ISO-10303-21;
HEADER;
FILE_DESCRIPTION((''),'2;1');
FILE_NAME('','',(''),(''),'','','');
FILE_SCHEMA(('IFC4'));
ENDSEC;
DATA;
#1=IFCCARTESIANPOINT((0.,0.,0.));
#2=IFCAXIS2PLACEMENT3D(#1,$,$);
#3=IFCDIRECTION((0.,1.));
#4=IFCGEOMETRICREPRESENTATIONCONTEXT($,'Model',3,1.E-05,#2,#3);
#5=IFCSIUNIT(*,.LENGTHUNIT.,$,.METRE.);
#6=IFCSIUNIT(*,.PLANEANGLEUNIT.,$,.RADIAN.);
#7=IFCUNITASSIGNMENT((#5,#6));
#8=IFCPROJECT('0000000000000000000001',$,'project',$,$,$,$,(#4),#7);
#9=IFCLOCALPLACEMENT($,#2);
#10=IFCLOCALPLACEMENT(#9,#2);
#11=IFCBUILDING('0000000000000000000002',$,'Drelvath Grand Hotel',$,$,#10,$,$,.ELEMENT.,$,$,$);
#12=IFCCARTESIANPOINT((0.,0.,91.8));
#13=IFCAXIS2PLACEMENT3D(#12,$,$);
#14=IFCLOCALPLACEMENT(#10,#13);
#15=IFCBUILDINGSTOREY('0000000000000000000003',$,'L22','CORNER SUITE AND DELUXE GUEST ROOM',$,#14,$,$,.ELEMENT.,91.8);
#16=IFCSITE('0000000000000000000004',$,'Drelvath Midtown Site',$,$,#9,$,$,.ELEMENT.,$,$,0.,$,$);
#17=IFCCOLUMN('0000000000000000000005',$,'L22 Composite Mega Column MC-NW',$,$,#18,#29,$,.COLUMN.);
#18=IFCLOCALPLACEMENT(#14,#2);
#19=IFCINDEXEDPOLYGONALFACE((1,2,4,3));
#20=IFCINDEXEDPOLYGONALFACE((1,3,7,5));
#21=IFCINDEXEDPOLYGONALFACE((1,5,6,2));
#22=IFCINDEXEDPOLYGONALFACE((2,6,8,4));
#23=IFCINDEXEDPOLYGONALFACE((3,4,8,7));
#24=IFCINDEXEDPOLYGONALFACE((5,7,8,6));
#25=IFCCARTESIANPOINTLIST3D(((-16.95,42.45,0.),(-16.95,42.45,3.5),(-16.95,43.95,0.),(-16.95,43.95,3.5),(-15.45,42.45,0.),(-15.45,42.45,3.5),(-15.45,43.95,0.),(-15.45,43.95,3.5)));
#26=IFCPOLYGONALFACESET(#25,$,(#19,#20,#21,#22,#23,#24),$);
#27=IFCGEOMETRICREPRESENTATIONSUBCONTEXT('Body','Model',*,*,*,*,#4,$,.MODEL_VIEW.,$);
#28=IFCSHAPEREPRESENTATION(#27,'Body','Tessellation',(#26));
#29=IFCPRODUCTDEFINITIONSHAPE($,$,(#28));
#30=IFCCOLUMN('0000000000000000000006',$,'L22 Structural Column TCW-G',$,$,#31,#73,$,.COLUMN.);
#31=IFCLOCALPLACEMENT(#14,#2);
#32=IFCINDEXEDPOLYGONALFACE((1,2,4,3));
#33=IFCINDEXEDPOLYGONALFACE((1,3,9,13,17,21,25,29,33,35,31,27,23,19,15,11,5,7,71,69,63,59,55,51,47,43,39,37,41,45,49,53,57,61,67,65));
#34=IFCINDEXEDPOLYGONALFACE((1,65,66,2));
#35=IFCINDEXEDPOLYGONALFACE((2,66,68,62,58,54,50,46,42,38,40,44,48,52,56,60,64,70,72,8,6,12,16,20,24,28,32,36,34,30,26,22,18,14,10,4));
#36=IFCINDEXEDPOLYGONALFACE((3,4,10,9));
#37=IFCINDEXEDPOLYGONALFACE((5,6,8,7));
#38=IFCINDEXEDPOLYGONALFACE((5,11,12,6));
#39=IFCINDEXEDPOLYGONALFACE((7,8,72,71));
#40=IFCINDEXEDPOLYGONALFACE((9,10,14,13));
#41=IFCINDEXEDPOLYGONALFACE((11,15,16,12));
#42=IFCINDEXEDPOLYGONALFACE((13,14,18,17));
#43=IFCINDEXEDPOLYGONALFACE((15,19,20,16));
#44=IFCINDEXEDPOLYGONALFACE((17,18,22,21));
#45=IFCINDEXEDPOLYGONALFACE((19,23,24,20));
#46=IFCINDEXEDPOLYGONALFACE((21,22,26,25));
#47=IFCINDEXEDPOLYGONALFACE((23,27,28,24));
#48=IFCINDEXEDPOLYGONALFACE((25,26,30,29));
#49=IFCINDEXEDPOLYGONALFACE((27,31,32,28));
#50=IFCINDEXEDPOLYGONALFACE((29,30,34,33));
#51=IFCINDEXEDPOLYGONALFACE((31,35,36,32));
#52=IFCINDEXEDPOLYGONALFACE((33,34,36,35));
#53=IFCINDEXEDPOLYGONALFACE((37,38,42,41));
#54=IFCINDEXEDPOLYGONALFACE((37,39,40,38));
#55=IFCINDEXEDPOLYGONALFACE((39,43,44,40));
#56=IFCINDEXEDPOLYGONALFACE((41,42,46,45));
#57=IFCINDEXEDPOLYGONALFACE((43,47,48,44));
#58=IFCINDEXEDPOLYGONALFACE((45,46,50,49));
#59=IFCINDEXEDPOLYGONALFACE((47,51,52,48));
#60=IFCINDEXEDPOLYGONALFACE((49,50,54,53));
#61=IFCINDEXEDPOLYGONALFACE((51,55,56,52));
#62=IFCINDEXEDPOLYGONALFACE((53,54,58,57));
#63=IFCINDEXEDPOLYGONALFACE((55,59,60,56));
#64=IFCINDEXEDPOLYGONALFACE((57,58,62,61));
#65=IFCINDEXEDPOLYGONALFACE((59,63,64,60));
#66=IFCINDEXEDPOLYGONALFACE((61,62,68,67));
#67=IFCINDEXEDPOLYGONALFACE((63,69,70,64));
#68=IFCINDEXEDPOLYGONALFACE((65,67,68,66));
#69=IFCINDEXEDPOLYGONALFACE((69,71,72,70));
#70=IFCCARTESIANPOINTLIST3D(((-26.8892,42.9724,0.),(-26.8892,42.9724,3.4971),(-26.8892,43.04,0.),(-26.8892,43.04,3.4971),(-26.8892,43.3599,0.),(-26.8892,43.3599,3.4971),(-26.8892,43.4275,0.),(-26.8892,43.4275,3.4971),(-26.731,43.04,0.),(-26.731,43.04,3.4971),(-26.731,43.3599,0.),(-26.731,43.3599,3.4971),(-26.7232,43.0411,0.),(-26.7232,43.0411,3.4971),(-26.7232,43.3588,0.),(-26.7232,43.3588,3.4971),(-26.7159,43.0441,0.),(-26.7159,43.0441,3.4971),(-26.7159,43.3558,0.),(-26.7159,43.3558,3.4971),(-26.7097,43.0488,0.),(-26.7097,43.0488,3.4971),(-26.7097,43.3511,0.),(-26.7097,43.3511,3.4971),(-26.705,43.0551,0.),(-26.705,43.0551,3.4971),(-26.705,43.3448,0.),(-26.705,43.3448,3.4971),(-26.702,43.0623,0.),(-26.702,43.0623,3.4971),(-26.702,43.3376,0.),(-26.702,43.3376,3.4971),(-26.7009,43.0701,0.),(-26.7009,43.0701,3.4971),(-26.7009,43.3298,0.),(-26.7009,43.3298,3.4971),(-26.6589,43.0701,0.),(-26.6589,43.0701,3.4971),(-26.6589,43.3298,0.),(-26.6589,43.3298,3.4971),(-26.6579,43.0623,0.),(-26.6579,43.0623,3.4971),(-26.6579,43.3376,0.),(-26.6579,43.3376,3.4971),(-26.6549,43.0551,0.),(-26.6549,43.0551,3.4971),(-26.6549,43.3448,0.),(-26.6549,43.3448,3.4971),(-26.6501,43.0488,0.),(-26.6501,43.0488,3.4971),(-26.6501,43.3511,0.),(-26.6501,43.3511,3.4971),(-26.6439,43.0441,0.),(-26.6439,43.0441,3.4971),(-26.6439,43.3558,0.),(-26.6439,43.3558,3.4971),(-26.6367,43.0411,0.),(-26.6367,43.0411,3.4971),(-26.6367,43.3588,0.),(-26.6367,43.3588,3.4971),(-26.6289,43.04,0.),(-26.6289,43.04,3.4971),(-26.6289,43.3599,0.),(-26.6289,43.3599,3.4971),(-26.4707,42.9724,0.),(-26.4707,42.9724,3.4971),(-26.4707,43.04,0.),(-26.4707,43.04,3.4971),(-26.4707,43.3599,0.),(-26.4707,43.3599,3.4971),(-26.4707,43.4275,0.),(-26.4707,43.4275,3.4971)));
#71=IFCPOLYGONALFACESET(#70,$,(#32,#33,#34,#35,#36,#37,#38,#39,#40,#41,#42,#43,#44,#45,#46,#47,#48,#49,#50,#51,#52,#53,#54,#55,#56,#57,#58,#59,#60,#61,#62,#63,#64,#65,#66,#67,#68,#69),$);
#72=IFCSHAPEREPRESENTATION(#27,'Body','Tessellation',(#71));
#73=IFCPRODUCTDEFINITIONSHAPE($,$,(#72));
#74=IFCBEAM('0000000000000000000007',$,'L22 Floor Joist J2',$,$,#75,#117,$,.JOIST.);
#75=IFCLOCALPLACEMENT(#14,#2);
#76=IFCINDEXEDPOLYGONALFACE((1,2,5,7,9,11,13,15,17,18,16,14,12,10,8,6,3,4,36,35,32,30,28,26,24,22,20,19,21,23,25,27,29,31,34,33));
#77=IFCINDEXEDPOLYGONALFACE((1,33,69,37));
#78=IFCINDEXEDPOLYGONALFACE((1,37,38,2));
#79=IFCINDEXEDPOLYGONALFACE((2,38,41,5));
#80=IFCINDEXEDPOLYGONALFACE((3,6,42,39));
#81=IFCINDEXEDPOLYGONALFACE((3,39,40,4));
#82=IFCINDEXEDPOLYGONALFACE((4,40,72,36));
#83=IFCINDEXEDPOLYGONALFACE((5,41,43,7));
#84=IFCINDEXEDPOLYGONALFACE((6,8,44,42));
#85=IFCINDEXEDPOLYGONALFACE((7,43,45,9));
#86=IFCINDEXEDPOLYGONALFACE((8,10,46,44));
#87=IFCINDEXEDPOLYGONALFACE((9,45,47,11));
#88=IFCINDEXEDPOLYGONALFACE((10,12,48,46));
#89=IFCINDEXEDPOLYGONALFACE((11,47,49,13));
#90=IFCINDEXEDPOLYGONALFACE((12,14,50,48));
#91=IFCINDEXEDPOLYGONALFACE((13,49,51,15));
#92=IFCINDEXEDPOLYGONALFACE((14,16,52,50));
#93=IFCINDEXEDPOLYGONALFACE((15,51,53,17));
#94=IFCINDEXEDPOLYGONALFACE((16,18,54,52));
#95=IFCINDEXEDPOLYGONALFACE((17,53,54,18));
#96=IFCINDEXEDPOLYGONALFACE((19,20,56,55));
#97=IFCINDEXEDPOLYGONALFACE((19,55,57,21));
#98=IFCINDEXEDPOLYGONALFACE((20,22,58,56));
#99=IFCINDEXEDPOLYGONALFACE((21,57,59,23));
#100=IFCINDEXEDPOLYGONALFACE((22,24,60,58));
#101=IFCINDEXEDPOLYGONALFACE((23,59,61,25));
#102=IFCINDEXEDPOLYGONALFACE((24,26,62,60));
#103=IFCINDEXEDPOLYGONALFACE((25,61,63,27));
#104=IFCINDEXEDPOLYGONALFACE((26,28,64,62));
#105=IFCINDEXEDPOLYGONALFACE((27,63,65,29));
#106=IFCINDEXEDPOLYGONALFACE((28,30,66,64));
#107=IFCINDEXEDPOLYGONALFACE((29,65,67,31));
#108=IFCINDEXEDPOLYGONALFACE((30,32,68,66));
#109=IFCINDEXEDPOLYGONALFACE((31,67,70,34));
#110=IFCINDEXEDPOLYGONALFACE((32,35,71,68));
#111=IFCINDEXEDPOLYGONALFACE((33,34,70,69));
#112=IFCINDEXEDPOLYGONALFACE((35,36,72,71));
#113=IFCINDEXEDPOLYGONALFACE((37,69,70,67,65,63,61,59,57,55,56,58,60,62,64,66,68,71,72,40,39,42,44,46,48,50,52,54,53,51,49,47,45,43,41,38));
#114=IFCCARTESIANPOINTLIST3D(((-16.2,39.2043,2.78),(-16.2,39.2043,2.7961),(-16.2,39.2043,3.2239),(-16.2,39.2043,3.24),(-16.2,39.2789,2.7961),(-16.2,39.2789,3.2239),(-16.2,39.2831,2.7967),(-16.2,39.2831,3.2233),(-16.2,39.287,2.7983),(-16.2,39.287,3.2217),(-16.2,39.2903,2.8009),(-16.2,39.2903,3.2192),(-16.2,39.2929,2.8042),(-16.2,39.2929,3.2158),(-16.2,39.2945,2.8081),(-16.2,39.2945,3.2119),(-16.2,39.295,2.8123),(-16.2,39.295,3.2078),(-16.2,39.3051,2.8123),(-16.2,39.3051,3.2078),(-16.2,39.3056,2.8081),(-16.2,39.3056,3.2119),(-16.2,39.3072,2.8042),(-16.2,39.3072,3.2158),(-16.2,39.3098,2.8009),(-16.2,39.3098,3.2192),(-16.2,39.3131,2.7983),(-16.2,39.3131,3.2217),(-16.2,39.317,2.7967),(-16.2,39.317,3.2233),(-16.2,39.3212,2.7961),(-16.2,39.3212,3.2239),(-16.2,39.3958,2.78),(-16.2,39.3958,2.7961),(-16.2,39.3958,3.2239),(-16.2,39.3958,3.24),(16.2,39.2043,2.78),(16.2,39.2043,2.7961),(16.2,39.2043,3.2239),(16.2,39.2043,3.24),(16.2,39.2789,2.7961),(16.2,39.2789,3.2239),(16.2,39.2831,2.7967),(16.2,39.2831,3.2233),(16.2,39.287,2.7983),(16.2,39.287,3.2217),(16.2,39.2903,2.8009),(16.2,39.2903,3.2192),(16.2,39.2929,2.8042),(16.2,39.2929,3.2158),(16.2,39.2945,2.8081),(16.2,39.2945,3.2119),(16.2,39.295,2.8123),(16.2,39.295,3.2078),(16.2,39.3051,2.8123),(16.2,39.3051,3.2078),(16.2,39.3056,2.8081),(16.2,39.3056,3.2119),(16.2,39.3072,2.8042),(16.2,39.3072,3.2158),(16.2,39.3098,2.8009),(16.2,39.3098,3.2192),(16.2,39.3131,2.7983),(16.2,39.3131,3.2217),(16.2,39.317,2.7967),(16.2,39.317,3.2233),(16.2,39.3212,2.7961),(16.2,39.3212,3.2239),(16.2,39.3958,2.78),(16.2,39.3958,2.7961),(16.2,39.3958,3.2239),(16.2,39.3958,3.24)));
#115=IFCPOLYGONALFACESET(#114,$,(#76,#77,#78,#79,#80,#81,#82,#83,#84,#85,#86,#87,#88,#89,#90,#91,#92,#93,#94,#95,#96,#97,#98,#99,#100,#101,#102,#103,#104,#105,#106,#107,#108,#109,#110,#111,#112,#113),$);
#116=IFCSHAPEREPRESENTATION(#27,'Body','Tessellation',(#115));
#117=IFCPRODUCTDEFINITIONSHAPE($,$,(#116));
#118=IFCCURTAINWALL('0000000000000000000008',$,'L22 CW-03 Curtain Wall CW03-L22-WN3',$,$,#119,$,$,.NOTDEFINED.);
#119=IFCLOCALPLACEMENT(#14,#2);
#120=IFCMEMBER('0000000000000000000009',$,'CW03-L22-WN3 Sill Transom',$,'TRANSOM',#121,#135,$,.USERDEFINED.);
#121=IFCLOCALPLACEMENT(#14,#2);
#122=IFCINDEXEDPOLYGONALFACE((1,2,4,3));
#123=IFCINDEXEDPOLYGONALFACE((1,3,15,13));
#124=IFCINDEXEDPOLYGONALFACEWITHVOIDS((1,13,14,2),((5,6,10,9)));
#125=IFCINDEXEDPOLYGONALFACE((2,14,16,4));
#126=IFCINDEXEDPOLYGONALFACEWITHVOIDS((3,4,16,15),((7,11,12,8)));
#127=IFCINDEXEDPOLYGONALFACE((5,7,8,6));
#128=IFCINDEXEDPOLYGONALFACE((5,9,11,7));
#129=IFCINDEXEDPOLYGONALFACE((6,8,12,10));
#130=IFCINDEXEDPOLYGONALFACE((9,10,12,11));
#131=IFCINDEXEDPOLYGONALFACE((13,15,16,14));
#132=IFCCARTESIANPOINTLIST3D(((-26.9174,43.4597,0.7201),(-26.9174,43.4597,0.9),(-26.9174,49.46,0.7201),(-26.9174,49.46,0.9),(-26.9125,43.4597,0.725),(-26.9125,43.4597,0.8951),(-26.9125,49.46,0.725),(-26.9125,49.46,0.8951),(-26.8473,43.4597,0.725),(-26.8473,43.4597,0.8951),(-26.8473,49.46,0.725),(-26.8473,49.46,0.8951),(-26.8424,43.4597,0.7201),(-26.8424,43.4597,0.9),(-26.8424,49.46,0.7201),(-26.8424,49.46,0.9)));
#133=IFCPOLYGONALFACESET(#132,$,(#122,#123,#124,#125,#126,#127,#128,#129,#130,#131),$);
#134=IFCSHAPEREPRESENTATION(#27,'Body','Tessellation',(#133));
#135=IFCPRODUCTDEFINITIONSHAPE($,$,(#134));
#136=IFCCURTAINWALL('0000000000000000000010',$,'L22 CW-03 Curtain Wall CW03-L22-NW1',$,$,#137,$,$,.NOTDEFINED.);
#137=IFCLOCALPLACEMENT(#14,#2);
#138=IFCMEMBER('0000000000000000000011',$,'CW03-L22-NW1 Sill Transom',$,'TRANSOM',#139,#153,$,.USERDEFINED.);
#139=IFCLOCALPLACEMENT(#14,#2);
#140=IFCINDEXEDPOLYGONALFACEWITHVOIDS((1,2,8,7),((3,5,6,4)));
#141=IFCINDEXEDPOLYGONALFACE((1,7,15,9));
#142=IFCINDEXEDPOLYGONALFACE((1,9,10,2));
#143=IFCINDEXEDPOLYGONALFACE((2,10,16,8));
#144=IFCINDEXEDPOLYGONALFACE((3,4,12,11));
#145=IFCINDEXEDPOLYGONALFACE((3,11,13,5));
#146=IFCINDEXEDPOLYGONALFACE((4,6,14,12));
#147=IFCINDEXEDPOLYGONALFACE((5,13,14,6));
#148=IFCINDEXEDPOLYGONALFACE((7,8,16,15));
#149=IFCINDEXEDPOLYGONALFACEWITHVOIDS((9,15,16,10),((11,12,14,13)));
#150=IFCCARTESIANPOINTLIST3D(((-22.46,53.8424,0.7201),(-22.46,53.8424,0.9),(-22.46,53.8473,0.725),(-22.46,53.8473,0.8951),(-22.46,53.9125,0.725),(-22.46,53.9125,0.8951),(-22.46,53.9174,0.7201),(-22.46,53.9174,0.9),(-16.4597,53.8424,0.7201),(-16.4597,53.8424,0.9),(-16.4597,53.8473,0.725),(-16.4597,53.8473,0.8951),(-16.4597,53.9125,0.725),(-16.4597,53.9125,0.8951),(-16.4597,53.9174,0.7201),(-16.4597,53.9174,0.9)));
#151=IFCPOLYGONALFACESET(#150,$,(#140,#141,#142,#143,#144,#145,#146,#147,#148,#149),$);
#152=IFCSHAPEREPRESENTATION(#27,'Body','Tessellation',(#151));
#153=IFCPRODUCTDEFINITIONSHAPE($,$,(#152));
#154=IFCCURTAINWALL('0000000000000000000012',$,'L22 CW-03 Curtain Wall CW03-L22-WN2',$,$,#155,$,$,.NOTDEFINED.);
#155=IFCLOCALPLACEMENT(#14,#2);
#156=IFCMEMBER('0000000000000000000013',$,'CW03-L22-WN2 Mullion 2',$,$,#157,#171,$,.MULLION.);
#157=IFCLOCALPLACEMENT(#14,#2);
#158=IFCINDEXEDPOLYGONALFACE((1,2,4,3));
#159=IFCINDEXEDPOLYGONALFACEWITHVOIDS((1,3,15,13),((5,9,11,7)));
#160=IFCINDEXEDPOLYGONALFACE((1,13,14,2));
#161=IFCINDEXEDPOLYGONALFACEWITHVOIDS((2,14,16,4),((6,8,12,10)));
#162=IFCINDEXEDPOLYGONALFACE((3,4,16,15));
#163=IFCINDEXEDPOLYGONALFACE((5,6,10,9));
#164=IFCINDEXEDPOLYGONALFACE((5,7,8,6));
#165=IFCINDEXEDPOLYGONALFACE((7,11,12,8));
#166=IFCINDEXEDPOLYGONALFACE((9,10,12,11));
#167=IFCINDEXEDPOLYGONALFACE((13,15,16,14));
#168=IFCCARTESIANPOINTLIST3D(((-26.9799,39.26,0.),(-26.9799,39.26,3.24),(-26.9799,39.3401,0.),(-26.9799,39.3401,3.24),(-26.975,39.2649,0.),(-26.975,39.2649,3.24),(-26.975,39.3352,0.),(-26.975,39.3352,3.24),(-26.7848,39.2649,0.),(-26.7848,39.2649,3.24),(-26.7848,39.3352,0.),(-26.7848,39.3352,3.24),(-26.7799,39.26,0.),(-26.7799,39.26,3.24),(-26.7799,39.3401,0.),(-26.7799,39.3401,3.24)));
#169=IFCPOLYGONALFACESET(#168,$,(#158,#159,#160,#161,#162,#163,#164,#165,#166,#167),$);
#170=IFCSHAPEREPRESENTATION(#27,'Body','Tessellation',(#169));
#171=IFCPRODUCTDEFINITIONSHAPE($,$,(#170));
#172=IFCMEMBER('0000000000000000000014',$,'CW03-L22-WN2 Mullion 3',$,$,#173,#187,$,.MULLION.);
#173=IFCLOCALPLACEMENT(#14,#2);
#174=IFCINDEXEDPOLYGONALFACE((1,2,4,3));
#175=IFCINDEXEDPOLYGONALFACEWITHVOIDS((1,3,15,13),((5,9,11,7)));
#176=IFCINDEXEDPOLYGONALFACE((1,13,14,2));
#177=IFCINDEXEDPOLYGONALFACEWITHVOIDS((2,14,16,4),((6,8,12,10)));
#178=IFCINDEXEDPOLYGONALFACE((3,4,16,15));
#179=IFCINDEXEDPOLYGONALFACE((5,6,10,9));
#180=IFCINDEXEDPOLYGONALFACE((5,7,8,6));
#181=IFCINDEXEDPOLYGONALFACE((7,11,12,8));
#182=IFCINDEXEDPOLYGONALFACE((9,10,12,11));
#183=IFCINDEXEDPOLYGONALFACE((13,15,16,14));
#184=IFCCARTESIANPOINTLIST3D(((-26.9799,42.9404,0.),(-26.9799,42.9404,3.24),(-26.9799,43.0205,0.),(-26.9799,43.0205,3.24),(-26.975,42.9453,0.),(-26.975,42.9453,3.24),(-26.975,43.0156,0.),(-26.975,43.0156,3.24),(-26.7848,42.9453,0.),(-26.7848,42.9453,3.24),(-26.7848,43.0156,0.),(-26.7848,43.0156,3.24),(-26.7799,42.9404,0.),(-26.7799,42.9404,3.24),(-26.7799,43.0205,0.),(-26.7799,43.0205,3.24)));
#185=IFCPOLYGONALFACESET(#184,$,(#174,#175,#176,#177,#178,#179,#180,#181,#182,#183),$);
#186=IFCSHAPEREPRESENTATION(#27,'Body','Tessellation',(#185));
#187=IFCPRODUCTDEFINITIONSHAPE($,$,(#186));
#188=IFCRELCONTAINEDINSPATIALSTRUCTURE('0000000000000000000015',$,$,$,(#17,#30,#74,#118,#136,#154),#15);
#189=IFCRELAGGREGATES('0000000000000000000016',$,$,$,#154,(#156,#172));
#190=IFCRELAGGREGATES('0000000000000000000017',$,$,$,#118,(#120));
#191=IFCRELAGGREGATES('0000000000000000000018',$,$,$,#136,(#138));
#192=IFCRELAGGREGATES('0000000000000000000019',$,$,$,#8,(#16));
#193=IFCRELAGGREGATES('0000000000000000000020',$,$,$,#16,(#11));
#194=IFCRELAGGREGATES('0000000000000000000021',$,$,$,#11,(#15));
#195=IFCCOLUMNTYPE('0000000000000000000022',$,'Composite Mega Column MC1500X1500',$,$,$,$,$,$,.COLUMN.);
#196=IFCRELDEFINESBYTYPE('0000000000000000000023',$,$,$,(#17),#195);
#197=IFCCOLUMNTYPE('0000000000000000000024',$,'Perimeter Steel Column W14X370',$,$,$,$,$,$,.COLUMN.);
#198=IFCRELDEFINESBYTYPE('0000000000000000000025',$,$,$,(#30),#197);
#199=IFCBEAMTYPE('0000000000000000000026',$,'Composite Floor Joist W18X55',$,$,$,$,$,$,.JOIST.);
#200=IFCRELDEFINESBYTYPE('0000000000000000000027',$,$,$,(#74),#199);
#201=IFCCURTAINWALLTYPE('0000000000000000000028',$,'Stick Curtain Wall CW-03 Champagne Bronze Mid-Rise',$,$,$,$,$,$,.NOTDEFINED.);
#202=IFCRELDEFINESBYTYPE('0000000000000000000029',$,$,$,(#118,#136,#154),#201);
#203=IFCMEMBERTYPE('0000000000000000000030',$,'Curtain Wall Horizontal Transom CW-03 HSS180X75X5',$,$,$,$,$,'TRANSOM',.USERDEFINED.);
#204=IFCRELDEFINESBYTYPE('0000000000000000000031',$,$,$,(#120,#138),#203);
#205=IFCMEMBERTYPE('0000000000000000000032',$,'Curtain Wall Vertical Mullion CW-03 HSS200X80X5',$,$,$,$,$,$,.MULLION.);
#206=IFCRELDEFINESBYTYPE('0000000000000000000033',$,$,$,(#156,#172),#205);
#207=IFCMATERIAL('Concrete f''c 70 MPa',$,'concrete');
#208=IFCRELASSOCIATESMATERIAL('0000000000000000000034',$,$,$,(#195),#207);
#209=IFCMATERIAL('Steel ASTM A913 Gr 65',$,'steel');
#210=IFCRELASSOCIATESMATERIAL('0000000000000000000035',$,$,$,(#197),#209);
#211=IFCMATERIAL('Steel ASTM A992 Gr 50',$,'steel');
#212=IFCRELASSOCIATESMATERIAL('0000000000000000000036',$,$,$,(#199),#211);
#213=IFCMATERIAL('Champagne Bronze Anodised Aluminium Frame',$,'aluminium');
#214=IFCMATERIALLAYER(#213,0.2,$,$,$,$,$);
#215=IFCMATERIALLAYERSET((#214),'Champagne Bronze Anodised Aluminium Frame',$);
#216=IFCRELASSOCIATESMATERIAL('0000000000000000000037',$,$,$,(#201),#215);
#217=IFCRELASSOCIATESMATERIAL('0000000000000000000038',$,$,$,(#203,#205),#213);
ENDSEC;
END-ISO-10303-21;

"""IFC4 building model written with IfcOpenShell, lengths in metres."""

from ifc_helpers import new_model, si_unit, direction, frame, origin, origin_2d, place, context, subcontext, project, spatial, rectangle, hollow_rectangle, i_section, extrude, material, layer, layer_set, material_profile, profile_set, type_object, element, aggregate, save


model = new_model("IFC4")

# Units and contexts
model_context = context("Model", 3, precision=1e-05, world=origin(), true_north=direction((0.0, 1.0)))
body_context = subcontext(model_context, "Body", "Model", "MODEL_VIEW")
ifc_project = project(units=[si_unit("LENGTHUNIT", "METRE"), si_unit("PLANEANGLEUNIT", "RADIAN")], contexts=[model_context])

# Site, building, storey
site_placement = place(None, origin())
site = spatial("IfcSite", under=ifc_project, at=site_placement, Name="Drelvath Midtown Site", CompositionType="ELEMENT", RefElevation=0.0)
building_placement = place(site_placement, origin())
building = spatial("IfcBuilding", under=site, at=building_placement, Name="Drelvath Grand Hotel", CompositionType="ELEMENT")
storey_placement = place(building_placement, frame((0.0, 0.0, 91.8)))
storey = spatial("IfcBuildingStorey", under=building, at=storey_placement, Name="L22", Description="CORNER SUITE AND DELUXE GUEST ROOM", CompositionType="ELEMENT", Elevation=91.8)

# Columns
ifc_material_1 = material(Name="Concrete f'c 70 MPa", Category="concrete")
ifc_material_profile_1 = material_profile(ifc_material_1, rectangle(XDim=1.5, YDim=1.5, at=origin_2d()), Name="MC1500X1500")
ifc_profile_set_1 = profile_set([ifc_material_profile_1], Name="Concrete f'c 70 MPa")
column_type_1 = type_object("IfcColumnType", Name="Composite Mega Column MC1500X1500", PredefinedType="COLUMN", material=ifc_profile_set_1)
column_1_placement = place(storey_placement, frame((-16.2, 43.2, 0.0), z_axis=(0.0, 0.0, 1.0), x_axis=(1.0, 0.0, 0.0)))
element("IfcColumn", 1, at=column_1_placement, inside=storey, type_object=column_type_1, Name="L22 Composite Mega Column MC-NW", PredefinedType="COLUMN", context=body_context, shape_type="SweptSolid", body=[
    extrude(rectangle(XDim=1.5, YDim=1.5, at=origin_2d()), origin(), (0.0, 0.0, 1.0), 3.5),
])
ifc_material_2 = material(Name="Steel ASTM A913 Gr 65", Category="steel")
ifc_material_profile_2 = material_profile(ifc_material_2, i_section(OverallWidth=0.4185, OverallDepth=0.4551, WebThickness=0.042, FlangeThickness=0.0676, FilletRadius=0.03, at=origin_2d()), Name="W14X370")
ifc_profile_set_2 = profile_set([ifc_material_profile_2], Name="Steel ASTM A913 Gr 65")
column_type_2 = type_object("IfcColumnType", Name="Perimeter Steel Column W14X370", PredefinedType="COLUMN", material=ifc_profile_set_2)
column_2_placement = place(storey_placement, frame((-26.6799, 43.2, 0.0), z_axis=(0.0, 0.0, 1.0), x_axis=(1.0, 0.0, 0.0)))
element("IfcColumn", 2, at=column_2_placement, inside=storey, type_object=column_type_2, Name="L22 Structural Column TCW-G", PredefinedType="COLUMN", context=body_context, shape_type="SweptSolid", body=[
    extrude(i_section(OverallWidth=0.4185, OverallDepth=0.4551, WebThickness=0.042, FlangeThickness=0.0676, FilletRadius=0.03, at=origin_2d()), origin(), (0.0, 0.0, 1.0), 3.4971),
])

# Beam
ifc_material_3 = material(Name="Steel ASTM A992 Gr 50", Category="steel")
ifc_material_profile_3 = material_profile(ifc_material_3, i_section(OverallWidth=0.1914, OverallDepth=0.46, WebThickness=0.01, FlangeThickness=0.0161, FilletRadius=0.0161, at=origin_2d()), Name="W18X55")
ifc_profile_set_3 = profile_set([ifc_material_profile_3], Name="Steel ASTM A992 Gr 50")
beam_type_1 = type_object("IfcBeamType", Name="Composite Floor Joist W18X55", PredefinedType="JOIST", material=ifc_profile_set_3)
beam_1_placement = place(storey_placement, frame((-16.2, 39.3, 3.01), z_axis=(1.0, 0.0, 0.0), x_axis=(0.0, 1.0, 0.0)))
element("IfcBeam", 3, at=beam_1_placement, inside=storey, type_object=beam_type_1, Name="L22 Floor Joist J2", PredefinedType="JOIST", context=body_context, shape_type="SweptSolid", body=[
    extrude(i_section(OverallWidth=0.1914, OverallDepth=0.46, WebThickness=0.01, FlangeThickness=0.0161, FilletRadius=0.0161, at=origin_2d()), origin(), (0.0, 0.0, 1.0), 32.3999),
])

# Curtain walls, members
ifc_material_4 = material(Name="Champagne Bronze Anodised Aluminium Frame", Category="aluminium")
ifc_layer_1 = layer(ifc_material_4, 0.2)
ifc_layer_set_1 = layer_set([ifc_layer_1], Name="Champagne Bronze Anodised Aluminium Frame")
curtain_wall_type = type_object("IfcCurtainWallType", Name="Stick Curtain Wall CW-03 Champagne Bronze Mid-Rise", PredefinedType="NOTDEFINED", material=ifc_layer_set_1)
curtain_wall_1_placement = place(storey_placement, origin())
curtain_wall_1 = element("IfcCurtainWall", 4, at=curtain_wall_1_placement, inside=storey, type_object=curtain_wall_type, Name="L22 CW-03 Curtain Wall CW03-L22-WN3", PredefinedType="NOTDEFINED")
ifc_material_profile_4 = material_profile(ifc_material_4, hollow_rectangle(XDim=0.075, YDim=0.1799, WallThickness=0.0049, at=origin_2d()), Name="HSS180X75X5")
ifc_profile_set_4 = profile_set([ifc_material_profile_4], Name="Champagne Bronze Anodised Aluminium Frame")
member_type_1 = type_object("IfcMemberType", Name="Curtain Wall Horizontal Transom CW-03 HSS180X75X5", ElementType="TRANSOM", PredefinedType="USERDEFINED", material=ifc_profile_set_4)
member_1_placement = place(storey_placement, frame((-26.8799, 43.4597, 0.8101), z_axis=(0.0, 1.0, 0.0), x_axis=(-1.0, 0.0, 0.0)))
member_1 = element("IfcMember", 5, at=member_1_placement, type_object=member_type_1, Name="CW03-L22-WN3 Sill Transom", ObjectType="TRANSOM", PredefinedType="USERDEFINED", context=body_context, shape_type="SweptSolid", body=[
    extrude(hollow_rectangle(XDim=0.075, YDim=0.1799, WallThickness=0.0049, at=origin_2d()), origin(), (0.0, 0.0, 1.0), 6.0002),
])
curtain_wall_2_placement = place(storey_placement, origin())
curtain_wall_2 = element("IfcCurtainWall", 6, at=curtain_wall_2_placement, inside=storey, type_object=curtain_wall_type, Name="L22 CW-03 Curtain Wall CW03-L22-NW1", PredefinedType="NOTDEFINED")
member_2_placement = place(storey_placement, frame((-22.46, 53.8799, 0.8101), z_axis=(1.0, 0.0, 0.0), x_axis=(0.0, 1.0, 0.0)))
member_2 = element("IfcMember", 7, at=member_2_placement, type_object=member_type_1, Name="CW03-L22-NW1 Sill Transom", ObjectType="TRANSOM", PredefinedType="USERDEFINED", context=body_context, shape_type="SweptSolid", body=[
    extrude(hollow_rectangle(XDim=0.075, YDim=0.1799, WallThickness=0.0049, at=origin_2d()), origin(), (0.0, 0.0, 1.0), 6.0002),
])

# Curtain wall, members
curtain_wall_3_placement = place(storey_placement, origin())
curtain_wall_3 = element("IfcCurtainWall", 8, at=curtain_wall_3_placement, inside=storey, type_object=curtain_wall_type, Name="L22 CW-03 Curtain Wall CW03-L22-WN2", PredefinedType="NOTDEFINED")
ifc_material_profile_5 = material_profile(ifc_material_4, hollow_rectangle(XDim=0.0801, YDim=0.2, WallThickness=0.0049, at=origin_2d()), Name="HSS200X80X5")
ifc_profile_set_5 = profile_set([ifc_material_profile_5], Name="Champagne Bronze Anodised Aluminium Frame")
member_type_2 = type_object("IfcMemberType", Name="Curtain Wall Vertical Mullion CW-03 HSS200X80X5", PredefinedType="MULLION", material=ifc_profile_set_5)
member_3_placement = place(storey_placement, frame((-26.8799, 39.3, 0.0), z_axis=(0.0, 0.0, 1.0), x_axis=(0.0, 1.0, 0.0)))
member_3 = element("IfcMember", 9, at=member_3_placement, type_object=member_type_2, Name="CW03-L22-WN2 Mullion 2", PredefinedType="MULLION", context=body_context, shape_type="SweptSolid", body=[
    extrude(hollow_rectangle(XDim=0.0801, YDim=0.2, WallThickness=0.0049, at=origin_2d()), origin(), (0.0, 0.0, 1.0), 3.24),
])
member_4_placement = place(storey_placement, frame((-26.8799, 42.9805, 0.0), z_axis=(0.0, 0.0, 1.0), x_axis=(0.0, 1.0, 0.0)))
member_4 = element("IfcMember", 10, at=member_4_placement, type_object=member_type_2, Name="CW03-L22-WN2 Mullion 3", PredefinedType="MULLION", context=body_context, shape_type="SweptSolid", body=[
    extrude(hollow_rectangle(XDim=0.0801, YDim=0.2, WallThickness=0.0049, at=origin_2d()), origin(), (0.0, 0.0, 1.0), 3.24),
])

aggregate(curtain_wall_3, [member_3, member_4])
aggregate(curtain_wall_1, [member_1])
aggregate(curtain_wall_2, [member_2])

save(model, "model.ifc")
